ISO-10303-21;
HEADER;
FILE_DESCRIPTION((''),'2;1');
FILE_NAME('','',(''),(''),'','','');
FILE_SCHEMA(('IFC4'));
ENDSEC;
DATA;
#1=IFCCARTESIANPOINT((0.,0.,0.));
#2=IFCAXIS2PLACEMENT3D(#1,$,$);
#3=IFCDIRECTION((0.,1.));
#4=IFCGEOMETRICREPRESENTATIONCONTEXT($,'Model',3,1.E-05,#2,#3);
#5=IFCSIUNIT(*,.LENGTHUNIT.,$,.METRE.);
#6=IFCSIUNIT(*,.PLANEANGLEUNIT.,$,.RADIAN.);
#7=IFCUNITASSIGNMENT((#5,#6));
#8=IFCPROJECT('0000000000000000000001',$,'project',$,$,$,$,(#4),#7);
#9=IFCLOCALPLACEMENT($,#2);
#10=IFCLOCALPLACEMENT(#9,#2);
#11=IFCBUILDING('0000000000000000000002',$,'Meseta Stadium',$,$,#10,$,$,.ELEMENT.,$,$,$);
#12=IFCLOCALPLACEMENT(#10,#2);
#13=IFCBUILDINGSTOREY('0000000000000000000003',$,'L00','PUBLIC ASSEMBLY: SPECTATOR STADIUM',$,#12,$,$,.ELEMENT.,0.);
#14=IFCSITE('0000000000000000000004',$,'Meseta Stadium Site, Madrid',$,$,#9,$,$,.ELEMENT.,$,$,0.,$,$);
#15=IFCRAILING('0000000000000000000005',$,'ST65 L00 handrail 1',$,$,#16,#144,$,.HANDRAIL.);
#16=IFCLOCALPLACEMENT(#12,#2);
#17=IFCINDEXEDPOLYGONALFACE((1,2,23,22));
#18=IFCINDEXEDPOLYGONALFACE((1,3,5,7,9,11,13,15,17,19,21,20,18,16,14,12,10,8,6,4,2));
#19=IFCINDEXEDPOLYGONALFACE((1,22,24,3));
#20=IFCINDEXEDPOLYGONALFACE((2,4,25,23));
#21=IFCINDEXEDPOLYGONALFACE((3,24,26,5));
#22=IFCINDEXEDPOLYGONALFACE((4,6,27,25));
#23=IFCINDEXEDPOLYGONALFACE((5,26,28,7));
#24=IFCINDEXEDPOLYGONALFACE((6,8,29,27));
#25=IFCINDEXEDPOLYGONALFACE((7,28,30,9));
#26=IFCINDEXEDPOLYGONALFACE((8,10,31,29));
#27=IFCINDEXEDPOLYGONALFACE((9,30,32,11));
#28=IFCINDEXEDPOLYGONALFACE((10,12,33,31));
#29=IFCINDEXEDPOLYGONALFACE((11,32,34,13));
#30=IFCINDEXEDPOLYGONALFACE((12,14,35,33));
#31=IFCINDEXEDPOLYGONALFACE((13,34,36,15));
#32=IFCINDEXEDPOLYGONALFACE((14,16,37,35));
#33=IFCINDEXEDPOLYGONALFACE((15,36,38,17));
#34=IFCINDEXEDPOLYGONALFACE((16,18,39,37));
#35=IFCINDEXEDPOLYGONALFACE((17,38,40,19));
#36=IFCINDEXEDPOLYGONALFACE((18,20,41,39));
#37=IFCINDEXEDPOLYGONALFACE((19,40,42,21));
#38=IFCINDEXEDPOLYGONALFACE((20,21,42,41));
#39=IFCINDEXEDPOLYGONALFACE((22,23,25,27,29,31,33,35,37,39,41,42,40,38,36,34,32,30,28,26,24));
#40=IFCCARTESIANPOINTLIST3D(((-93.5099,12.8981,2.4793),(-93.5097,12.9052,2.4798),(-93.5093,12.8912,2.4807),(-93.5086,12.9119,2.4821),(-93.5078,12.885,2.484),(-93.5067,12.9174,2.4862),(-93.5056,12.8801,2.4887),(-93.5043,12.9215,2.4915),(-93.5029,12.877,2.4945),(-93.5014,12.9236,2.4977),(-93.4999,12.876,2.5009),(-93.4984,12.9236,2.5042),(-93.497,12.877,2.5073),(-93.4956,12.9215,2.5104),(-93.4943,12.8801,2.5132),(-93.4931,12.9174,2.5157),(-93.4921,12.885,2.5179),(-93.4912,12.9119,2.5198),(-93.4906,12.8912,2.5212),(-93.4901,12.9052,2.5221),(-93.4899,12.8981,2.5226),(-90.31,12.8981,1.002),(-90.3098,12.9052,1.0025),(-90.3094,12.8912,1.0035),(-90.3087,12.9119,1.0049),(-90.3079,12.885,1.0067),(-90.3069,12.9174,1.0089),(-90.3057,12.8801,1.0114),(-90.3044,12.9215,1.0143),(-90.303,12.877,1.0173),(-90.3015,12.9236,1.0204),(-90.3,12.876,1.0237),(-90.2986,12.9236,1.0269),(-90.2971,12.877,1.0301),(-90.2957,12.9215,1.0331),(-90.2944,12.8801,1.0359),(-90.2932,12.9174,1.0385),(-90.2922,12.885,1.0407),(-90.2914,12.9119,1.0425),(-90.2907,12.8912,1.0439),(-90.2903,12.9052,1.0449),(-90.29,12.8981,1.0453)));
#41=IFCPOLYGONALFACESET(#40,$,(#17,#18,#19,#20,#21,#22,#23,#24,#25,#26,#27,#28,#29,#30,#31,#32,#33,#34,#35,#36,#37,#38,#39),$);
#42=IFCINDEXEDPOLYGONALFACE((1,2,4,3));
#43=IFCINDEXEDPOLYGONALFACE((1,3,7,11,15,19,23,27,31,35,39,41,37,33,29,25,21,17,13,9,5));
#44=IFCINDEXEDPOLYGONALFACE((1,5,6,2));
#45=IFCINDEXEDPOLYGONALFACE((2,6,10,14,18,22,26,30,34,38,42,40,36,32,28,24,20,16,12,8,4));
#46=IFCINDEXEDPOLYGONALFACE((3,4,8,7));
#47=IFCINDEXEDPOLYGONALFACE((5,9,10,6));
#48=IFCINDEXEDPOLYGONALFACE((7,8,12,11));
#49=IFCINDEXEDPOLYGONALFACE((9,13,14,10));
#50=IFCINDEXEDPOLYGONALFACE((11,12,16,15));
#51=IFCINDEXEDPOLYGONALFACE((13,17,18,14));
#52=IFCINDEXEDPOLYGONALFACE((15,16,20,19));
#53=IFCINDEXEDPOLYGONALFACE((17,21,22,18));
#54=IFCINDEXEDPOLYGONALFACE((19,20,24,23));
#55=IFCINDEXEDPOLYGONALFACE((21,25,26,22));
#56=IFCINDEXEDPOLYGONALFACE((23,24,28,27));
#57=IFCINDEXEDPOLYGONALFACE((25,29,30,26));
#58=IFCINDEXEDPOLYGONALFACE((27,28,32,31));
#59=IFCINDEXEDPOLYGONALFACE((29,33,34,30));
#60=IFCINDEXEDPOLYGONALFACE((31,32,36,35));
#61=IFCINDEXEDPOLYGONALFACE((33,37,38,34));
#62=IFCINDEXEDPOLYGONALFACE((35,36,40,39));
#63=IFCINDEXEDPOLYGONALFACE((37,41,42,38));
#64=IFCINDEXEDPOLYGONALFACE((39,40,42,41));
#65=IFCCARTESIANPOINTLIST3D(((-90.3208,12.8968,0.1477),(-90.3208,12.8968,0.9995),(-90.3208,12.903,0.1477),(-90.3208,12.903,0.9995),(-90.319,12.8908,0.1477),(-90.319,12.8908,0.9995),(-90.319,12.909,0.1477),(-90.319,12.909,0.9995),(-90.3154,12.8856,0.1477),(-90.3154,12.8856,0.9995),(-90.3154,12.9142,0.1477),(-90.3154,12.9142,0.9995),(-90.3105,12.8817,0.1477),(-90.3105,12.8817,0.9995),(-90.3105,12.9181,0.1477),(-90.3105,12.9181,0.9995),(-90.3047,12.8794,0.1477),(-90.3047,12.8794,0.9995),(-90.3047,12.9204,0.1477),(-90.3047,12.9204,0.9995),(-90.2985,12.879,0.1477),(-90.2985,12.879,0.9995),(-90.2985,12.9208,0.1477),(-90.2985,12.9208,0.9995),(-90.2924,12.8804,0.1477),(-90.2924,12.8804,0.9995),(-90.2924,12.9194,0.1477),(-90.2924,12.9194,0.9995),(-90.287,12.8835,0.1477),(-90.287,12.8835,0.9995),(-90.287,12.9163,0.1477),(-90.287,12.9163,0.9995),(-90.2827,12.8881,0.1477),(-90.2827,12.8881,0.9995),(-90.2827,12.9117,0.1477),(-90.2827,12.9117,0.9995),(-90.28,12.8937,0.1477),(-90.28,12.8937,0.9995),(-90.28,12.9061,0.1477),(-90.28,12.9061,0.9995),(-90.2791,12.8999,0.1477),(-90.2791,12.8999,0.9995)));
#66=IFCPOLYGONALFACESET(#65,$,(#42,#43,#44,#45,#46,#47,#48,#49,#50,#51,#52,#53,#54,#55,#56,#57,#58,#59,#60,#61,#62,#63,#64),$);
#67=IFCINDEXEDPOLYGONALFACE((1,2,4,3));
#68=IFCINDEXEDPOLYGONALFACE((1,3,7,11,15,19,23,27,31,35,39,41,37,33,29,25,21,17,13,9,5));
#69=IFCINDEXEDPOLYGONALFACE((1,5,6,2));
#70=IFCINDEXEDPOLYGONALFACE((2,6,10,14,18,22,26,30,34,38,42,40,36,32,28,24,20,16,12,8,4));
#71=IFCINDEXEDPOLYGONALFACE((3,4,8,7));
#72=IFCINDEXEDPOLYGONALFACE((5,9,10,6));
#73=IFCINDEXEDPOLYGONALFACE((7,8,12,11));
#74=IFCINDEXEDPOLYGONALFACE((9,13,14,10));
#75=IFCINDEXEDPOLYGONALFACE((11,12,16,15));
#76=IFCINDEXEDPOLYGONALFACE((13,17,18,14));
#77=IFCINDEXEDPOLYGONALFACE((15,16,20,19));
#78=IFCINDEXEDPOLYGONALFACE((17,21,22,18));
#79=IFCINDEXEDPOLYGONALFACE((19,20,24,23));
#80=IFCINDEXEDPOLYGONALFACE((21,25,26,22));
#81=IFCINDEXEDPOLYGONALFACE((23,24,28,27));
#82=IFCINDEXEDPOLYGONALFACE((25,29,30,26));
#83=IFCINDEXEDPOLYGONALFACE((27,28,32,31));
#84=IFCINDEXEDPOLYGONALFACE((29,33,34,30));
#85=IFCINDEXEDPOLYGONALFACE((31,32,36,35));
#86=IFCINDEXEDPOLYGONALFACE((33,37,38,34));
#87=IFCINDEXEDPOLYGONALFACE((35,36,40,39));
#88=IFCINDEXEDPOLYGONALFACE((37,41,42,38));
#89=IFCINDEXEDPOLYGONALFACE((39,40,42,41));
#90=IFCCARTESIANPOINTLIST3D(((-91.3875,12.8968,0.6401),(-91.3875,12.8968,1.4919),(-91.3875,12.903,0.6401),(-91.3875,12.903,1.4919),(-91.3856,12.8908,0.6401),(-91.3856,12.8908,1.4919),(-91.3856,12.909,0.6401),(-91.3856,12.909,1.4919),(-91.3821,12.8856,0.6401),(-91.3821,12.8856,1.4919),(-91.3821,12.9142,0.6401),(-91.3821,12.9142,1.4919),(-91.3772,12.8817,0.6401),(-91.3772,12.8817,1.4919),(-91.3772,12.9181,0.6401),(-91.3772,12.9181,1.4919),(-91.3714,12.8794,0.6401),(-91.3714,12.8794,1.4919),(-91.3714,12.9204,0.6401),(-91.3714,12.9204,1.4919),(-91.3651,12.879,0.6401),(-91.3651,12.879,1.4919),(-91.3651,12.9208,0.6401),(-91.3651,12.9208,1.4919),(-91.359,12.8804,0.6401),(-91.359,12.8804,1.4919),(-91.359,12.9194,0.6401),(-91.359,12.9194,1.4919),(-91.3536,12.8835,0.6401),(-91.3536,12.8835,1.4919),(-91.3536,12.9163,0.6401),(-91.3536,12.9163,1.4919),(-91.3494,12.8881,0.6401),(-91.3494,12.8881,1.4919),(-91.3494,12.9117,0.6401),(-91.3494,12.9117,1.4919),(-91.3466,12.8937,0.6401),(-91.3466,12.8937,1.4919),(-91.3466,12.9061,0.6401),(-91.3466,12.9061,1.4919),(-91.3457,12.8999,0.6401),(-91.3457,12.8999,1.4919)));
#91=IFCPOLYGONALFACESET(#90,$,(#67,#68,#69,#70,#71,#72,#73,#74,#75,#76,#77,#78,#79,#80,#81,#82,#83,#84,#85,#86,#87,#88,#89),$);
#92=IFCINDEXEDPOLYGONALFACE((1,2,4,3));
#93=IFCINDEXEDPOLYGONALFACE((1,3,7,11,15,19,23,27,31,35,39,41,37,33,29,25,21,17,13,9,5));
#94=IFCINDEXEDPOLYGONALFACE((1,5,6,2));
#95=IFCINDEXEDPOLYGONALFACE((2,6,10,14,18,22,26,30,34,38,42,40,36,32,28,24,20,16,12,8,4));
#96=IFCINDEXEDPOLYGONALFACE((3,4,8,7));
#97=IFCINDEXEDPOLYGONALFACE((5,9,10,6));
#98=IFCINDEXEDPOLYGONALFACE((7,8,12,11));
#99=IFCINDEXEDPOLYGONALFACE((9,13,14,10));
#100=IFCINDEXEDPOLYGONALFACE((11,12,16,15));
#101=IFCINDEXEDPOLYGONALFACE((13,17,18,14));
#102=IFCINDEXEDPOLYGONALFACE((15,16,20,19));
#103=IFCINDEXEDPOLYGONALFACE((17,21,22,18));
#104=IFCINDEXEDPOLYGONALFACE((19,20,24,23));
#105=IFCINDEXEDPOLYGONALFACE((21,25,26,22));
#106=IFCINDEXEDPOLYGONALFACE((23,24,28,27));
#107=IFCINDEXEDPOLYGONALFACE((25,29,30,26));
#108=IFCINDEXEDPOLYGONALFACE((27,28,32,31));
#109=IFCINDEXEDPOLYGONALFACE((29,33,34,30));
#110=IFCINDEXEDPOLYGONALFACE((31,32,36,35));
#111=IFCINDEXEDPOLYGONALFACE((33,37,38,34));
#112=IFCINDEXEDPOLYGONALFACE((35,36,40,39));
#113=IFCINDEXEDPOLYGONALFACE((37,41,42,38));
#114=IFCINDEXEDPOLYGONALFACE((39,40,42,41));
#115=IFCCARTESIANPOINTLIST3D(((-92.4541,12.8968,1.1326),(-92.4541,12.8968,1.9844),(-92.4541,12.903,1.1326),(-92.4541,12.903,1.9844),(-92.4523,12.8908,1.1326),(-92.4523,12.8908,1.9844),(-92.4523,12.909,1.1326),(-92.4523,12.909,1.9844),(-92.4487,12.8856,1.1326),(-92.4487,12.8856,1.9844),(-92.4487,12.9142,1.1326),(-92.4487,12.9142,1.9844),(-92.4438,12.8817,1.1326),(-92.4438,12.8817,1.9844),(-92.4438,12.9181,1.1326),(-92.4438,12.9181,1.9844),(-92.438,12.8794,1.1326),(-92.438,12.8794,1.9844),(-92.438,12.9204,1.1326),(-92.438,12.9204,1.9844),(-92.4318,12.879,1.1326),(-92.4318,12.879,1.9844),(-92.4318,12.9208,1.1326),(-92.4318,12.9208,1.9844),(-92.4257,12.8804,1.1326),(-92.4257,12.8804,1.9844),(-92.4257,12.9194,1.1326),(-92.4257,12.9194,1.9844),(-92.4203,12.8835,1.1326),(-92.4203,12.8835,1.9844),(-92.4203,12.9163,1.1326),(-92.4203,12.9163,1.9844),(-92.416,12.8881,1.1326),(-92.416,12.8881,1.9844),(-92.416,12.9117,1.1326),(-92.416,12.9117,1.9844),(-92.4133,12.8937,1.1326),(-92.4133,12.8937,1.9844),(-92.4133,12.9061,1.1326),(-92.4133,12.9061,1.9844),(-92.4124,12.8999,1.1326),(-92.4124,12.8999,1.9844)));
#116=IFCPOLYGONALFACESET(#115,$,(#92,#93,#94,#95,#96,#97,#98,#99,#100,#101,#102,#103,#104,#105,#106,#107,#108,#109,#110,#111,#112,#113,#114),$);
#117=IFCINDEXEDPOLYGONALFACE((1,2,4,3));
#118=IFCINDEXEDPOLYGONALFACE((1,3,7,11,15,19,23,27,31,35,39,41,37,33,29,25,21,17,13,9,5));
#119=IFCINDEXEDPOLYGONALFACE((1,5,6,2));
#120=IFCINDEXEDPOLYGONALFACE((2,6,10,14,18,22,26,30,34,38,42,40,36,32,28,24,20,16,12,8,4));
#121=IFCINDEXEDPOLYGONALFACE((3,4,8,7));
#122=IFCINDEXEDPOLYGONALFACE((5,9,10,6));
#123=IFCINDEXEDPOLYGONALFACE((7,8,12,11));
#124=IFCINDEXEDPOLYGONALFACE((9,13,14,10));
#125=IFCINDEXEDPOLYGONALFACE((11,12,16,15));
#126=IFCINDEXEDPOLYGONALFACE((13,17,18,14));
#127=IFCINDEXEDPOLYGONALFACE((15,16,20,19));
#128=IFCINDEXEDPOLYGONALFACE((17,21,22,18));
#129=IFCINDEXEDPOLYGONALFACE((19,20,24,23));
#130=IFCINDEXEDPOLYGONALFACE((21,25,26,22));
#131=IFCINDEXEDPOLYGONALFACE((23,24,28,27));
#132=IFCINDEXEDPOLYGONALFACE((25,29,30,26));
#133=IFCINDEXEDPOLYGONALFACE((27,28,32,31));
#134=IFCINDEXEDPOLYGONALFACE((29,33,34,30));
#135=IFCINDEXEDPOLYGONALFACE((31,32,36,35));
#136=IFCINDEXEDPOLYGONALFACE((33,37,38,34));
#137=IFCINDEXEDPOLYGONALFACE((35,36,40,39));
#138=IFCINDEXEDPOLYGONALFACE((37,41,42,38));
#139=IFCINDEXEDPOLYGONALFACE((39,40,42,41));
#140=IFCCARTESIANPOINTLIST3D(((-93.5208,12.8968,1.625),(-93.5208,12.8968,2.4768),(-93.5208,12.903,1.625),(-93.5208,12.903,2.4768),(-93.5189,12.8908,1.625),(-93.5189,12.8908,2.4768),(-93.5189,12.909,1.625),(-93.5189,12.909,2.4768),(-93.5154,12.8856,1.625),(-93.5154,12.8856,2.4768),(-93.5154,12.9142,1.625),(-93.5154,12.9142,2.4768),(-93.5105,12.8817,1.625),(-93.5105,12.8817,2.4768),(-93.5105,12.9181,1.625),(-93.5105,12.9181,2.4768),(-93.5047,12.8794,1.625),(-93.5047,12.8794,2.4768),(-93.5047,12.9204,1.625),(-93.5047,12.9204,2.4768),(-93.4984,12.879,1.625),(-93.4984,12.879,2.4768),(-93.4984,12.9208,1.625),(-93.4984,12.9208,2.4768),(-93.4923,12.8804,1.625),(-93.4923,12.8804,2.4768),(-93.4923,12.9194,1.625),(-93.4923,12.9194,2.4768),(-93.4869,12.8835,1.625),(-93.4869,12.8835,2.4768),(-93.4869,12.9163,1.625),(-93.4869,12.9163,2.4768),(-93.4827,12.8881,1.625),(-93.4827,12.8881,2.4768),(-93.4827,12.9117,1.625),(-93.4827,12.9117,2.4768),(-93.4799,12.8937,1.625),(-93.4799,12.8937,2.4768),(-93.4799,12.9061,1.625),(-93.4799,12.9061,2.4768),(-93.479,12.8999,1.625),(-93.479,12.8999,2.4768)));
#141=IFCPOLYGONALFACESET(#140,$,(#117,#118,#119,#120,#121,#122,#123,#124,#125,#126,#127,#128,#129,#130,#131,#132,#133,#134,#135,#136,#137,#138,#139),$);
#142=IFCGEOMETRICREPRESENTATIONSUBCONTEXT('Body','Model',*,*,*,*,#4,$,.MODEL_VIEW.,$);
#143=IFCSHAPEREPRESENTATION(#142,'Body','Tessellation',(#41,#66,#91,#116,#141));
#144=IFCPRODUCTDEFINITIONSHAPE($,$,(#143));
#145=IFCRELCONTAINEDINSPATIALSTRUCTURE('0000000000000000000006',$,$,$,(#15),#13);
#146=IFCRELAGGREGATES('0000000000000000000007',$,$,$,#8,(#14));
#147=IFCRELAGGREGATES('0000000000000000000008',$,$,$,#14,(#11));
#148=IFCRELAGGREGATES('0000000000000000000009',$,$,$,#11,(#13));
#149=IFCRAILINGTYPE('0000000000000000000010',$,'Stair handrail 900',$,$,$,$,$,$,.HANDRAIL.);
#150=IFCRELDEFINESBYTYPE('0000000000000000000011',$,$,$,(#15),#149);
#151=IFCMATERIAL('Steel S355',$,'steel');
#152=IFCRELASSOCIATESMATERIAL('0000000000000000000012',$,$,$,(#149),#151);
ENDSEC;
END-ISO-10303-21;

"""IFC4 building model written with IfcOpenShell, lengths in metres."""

from ifc_helpers import new_model, si_unit, direction, frame, origin, origin_2d, place, context, subcontext, project, spatial, circle, extrude, material, type_object, element, save


model = new_model("IFC4")

# Units and contexts
model_context = context("Model", 3, precision=1e-05, world=origin(), true_north=direction((0.0, 1.0)))
body_context = subcontext(model_context, "Body", "Model", "MODEL_VIEW")
ifc_project = project(units=[si_unit("LENGTHUNIT", "METRE"), si_unit("PLANEANGLEUNIT", "RADIAN")], contexts=[model_context])

# Site, building, storey
site_placement = place(None, origin())
site = spatial("IfcSite", under=ifc_project, at=site_placement, Name="Meseta Stadium Site, Madrid", CompositionType="ELEMENT", RefElevation=0.0)
building_placement = place(site_placement, origin())
building = spatial("IfcBuilding", under=site, at=building_placement, Name="Meseta Stadium", CompositionType="ELEMENT")
storey_placement = place(building_placement, origin())
storey = spatial("IfcBuildingStorey", under=building, at=storey_placement, Name="L00", Description="PUBLIC ASSEMBLY: SPECTATOR STADIUM", CompositionType="ELEMENT", Elevation=0.0)

# Railing
ifc_material_1 = material(Name="Steel S355", Category="steel")
railing_type_1 = type_object("IfcRailingType", Name="Stair handrail 900", PredefinedType="HANDRAIL", material=ifc_material_1)
for number, where, name in (
    (1, (-90.3, 12.8999, 0.1477), "ST65 L00 handrail 1"),
):
    element("IfcRailing", number, at=place(storey_placement, frame(where)), inside=storey, type_object=railing_type_1, Name=name, PredefinedType="HANDRAIL", context=body_context, shape_type="SweptSolid", body=[
        extrude(circle(Radius=0.0239, at=origin_2d()), frame((0.0, 0.0, 0.876), z_axis=(-0.907917, 0.0, 0.41915), x_axis=(0.0, -1.0, 0.0)), (0.0, 0.0, 1.0), 3.5244),
        extrude(circle(Radius=0.021, at=origin_2d()), origin(), (0.0, 0.0, 1.0), 0.8518),
        extrude(circle(Radius=0.021, at=origin_2d()), frame((-1.0667, 0.0, 0.4924)), (0.0, 0.0, 1.0), 0.8518),
        extrude(circle(Radius=0.021, at=origin_2d()), frame((-2.1333, 0.0, 0.9849)), (0.0, 0.0, 1.0), 0.8518),
        extrude(circle(Radius=0.021, at=origin_2d()), frame((-3.2, 0.0, 1.4773)), (0.0, 0.0, 1.0), 0.8518),
    ])

save(model, "model.ifc")
